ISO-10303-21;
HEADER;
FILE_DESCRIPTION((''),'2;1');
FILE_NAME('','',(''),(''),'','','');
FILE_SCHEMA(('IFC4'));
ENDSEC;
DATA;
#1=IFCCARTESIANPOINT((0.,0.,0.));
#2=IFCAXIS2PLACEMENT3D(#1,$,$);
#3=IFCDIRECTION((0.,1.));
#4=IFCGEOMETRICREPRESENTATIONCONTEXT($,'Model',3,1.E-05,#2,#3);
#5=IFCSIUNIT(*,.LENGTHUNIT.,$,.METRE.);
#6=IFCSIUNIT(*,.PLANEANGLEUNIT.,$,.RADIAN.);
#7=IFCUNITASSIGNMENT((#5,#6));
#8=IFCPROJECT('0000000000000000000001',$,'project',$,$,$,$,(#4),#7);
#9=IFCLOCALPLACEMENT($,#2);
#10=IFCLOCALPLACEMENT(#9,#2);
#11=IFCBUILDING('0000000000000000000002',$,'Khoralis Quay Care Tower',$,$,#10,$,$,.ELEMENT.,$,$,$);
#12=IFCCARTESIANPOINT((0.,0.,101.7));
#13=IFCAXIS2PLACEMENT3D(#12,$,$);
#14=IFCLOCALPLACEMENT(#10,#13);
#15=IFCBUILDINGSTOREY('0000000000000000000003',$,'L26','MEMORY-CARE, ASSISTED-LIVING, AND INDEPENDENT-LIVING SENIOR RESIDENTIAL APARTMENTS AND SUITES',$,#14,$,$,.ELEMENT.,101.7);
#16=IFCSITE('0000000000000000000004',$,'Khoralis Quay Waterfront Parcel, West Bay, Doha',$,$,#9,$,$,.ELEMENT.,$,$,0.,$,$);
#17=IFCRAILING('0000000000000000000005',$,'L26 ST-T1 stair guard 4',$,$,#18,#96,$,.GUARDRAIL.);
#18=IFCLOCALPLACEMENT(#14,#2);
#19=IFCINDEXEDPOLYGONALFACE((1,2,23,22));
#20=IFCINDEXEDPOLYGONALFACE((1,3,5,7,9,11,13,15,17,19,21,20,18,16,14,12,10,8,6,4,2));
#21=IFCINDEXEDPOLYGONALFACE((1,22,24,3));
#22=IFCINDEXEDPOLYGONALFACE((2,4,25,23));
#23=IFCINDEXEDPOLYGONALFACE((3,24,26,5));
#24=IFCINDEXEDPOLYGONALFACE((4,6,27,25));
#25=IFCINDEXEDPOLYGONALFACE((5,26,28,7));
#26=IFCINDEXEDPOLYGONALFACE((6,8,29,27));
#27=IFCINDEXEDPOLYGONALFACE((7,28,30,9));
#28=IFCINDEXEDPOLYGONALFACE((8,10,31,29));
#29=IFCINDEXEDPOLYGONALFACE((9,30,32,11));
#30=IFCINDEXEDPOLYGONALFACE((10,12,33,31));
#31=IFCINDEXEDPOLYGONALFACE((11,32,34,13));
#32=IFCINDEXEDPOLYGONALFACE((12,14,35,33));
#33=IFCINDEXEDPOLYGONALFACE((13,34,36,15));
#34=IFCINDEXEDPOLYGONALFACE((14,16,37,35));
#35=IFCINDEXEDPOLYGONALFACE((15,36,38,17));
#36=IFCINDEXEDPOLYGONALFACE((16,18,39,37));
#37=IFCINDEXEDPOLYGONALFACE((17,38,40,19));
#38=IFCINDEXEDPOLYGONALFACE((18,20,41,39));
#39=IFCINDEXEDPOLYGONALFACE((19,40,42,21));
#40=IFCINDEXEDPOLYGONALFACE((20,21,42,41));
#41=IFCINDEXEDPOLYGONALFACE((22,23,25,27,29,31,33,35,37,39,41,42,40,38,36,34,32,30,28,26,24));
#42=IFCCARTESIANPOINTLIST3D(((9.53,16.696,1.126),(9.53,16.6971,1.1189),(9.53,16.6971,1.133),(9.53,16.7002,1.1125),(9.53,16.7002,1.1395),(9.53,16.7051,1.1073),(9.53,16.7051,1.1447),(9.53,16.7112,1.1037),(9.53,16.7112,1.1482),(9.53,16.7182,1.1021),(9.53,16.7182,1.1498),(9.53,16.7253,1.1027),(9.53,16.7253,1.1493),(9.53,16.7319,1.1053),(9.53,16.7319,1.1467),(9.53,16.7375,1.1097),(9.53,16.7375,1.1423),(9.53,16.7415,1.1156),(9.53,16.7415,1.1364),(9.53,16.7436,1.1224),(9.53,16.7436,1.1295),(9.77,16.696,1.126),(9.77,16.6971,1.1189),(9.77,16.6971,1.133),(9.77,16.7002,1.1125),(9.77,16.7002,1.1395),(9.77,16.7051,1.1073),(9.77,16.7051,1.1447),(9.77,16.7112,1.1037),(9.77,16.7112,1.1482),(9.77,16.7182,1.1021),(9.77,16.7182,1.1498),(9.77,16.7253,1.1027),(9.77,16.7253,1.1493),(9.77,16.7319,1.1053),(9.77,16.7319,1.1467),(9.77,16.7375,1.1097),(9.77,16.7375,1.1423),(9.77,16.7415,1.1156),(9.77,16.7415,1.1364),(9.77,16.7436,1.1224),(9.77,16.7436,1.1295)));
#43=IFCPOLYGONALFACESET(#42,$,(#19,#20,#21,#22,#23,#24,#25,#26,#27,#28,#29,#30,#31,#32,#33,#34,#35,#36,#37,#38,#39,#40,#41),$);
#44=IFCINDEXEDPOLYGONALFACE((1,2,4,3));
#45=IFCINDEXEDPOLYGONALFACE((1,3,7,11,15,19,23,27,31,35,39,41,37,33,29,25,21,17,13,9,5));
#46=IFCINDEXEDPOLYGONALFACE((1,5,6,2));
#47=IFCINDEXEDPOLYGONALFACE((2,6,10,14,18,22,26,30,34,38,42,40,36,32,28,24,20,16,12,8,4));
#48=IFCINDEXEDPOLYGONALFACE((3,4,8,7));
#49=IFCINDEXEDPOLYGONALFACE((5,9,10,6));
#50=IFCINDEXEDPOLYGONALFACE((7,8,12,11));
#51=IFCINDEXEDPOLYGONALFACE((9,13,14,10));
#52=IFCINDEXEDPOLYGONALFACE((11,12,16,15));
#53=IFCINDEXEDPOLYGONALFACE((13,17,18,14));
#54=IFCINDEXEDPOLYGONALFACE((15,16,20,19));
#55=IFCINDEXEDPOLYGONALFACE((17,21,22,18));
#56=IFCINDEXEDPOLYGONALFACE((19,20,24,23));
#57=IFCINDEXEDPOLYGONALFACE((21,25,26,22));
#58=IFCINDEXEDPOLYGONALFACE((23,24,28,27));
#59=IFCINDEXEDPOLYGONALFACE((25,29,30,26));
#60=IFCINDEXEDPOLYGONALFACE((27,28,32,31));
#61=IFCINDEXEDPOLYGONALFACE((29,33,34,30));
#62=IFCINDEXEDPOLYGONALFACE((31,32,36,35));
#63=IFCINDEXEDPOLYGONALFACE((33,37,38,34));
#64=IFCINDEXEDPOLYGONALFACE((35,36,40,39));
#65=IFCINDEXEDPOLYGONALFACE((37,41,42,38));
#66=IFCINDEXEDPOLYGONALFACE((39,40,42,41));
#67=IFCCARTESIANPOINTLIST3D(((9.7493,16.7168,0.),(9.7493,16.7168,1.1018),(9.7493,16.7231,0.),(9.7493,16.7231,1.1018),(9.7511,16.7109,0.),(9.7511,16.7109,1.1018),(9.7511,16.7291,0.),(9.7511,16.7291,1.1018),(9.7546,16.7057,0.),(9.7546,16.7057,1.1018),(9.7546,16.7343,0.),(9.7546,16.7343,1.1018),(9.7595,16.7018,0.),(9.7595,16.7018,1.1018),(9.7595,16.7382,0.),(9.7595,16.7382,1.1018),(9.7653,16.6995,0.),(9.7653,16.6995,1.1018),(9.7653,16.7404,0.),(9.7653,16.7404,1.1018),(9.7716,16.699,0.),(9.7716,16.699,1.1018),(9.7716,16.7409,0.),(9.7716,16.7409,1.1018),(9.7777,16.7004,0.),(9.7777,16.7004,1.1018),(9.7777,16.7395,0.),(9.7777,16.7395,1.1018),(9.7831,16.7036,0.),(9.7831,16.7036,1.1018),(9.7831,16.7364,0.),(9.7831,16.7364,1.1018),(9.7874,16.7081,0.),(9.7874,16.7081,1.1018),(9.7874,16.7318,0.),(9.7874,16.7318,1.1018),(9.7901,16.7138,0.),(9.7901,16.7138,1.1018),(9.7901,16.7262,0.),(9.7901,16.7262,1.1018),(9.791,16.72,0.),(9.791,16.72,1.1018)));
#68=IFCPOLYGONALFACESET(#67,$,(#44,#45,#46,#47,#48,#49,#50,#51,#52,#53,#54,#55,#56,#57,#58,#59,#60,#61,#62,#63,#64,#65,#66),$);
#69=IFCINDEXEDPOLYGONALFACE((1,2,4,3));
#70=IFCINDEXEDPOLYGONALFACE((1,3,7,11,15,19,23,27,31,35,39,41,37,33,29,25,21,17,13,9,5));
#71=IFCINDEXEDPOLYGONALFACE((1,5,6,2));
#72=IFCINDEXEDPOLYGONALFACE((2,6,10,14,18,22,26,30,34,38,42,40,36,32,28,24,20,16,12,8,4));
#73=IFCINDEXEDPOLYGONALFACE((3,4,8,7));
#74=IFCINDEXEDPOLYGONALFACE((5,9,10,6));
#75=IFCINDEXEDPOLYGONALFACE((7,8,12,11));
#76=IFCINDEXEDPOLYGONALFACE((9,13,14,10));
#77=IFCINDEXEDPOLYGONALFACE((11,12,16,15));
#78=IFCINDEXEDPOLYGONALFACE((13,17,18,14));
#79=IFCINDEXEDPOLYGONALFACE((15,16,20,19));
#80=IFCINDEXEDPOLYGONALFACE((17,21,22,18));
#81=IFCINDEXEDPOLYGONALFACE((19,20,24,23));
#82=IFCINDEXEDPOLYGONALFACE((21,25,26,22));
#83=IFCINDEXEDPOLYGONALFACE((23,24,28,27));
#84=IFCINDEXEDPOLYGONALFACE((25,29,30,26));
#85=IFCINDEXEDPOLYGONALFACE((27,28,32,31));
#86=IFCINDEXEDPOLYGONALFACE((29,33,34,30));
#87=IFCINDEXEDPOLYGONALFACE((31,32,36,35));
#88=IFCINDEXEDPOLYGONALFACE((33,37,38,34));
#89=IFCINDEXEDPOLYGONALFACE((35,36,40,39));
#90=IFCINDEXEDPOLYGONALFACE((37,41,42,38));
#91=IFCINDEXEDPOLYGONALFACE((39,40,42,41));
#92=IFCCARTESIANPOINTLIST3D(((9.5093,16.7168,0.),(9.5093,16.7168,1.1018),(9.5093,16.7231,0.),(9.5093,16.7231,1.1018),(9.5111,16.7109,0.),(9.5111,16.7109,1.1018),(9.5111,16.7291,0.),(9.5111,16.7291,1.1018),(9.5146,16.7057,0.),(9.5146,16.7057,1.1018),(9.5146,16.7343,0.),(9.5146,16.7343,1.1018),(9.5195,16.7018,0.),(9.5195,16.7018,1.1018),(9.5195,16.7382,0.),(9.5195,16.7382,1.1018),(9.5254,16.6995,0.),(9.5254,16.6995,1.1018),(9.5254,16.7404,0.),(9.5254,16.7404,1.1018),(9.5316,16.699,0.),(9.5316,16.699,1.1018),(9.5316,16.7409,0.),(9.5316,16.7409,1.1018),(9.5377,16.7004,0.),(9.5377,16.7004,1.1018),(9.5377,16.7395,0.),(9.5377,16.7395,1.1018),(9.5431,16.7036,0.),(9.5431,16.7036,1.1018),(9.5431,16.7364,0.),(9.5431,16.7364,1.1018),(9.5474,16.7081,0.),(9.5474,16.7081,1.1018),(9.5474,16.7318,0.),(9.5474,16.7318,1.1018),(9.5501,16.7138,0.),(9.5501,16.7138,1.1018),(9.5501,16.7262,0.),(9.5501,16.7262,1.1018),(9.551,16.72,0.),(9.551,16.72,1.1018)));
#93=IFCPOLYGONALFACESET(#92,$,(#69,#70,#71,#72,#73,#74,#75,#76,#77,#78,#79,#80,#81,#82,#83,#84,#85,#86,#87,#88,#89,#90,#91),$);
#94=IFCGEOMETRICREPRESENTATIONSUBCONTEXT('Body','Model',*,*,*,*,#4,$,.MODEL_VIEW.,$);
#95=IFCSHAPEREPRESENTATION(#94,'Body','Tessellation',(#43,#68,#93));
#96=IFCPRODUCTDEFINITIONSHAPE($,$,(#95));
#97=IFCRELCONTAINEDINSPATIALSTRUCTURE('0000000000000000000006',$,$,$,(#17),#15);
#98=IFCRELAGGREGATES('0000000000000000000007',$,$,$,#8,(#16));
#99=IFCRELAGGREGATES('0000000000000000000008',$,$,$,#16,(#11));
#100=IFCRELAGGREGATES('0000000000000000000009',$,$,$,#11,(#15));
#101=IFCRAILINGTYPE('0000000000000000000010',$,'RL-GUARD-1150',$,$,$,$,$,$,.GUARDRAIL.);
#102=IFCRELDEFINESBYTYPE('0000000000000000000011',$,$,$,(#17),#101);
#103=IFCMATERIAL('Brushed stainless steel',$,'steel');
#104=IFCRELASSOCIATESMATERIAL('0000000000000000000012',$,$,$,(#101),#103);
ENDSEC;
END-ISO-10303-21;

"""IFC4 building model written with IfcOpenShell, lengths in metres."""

from ifc_helpers import new_model, si_unit, direction, frame, origin, origin_2d, place, context, subcontext, project, spatial, circle, extrude, material, type_object, element, save


model = new_model("IFC4")

# Units and contexts
model_context = context("Model", 3, precision=1e-05, world=origin(), true_north=direction((0.0, 1.0)))
body_context = subcontext(model_context, "Body", "Model", "MODEL_VIEW")
ifc_project = project(units=[si_unit("LENGTHUNIT", "METRE"), si_unit("PLANEANGLEUNIT", "RADIAN")], contexts=[model_context])

# Site, building, storey
site_placement = place(None, origin())
site = spatial("IfcSite", under=ifc_project, at=site_placement, Name="Khoralis Quay Waterfront Parcel, West Bay, Doha", CompositionType="ELEMENT", RefElevation=0.0)
building_placement = place(site_placement, origin())
building = spatial("IfcBuilding", under=site, at=building_placement, Name="Khoralis Quay Care Tower", CompositionType="ELEMENT")
storey_placement = place(building_placement, frame((0.0, 0.0, 101.7)))
storey = spatial("IfcBuildingStorey", under=building, at=storey_placement, Name="L26", Description="MEMORY-CARE, ASSISTED-LIVING, AND INDEPENDENT-LIVING SENIOR RESIDENTIAL APARTMENTS AND SUITES", CompositionType="ELEMENT", Elevation=101.7)

# Shared definitions
ifc_material_1 = material(Name="Brushed stainless steel", Category="steel")

# Railing
railing_type_1 = type_object("IfcRailingType", Name="RL-GUARD-1150", PredefinedType="GUARDRAIL", material=ifc_material_1)
railing_1_placement = place(storey_placement, frame((9.77, 16.72, 0.0)))
element("IfcRailing", 1, at=railing_1_placement, inside=storey, type_object=railing_type_1, Name="L26 ST-T1 stair guard 4", PredefinedType="GUARDRAIL", context=body_context, shape_type="SweptSolid", body=[
    extrude(circle(Radius=0.0239, at=origin_2d()), frame((0.0, 0.0, 1.126), z_axis=(-1.0, 0.0, 0.0), x_axis=(0.0, -1.0, 0.0)), (0.0, 0.0, 1.0), 0.24),
    extrude(circle(Radius=0.021, at=origin_2d()), origin(), (0.0, 0.0, 1.0), 1.1018),
    extrude(circle(Radius=0.021, at=origin_2d()), frame((-0.24, 0.0, 0.0)), (0.0, 0.0, 1.0), 1.1018),
])

save(model, "model.ifc")
